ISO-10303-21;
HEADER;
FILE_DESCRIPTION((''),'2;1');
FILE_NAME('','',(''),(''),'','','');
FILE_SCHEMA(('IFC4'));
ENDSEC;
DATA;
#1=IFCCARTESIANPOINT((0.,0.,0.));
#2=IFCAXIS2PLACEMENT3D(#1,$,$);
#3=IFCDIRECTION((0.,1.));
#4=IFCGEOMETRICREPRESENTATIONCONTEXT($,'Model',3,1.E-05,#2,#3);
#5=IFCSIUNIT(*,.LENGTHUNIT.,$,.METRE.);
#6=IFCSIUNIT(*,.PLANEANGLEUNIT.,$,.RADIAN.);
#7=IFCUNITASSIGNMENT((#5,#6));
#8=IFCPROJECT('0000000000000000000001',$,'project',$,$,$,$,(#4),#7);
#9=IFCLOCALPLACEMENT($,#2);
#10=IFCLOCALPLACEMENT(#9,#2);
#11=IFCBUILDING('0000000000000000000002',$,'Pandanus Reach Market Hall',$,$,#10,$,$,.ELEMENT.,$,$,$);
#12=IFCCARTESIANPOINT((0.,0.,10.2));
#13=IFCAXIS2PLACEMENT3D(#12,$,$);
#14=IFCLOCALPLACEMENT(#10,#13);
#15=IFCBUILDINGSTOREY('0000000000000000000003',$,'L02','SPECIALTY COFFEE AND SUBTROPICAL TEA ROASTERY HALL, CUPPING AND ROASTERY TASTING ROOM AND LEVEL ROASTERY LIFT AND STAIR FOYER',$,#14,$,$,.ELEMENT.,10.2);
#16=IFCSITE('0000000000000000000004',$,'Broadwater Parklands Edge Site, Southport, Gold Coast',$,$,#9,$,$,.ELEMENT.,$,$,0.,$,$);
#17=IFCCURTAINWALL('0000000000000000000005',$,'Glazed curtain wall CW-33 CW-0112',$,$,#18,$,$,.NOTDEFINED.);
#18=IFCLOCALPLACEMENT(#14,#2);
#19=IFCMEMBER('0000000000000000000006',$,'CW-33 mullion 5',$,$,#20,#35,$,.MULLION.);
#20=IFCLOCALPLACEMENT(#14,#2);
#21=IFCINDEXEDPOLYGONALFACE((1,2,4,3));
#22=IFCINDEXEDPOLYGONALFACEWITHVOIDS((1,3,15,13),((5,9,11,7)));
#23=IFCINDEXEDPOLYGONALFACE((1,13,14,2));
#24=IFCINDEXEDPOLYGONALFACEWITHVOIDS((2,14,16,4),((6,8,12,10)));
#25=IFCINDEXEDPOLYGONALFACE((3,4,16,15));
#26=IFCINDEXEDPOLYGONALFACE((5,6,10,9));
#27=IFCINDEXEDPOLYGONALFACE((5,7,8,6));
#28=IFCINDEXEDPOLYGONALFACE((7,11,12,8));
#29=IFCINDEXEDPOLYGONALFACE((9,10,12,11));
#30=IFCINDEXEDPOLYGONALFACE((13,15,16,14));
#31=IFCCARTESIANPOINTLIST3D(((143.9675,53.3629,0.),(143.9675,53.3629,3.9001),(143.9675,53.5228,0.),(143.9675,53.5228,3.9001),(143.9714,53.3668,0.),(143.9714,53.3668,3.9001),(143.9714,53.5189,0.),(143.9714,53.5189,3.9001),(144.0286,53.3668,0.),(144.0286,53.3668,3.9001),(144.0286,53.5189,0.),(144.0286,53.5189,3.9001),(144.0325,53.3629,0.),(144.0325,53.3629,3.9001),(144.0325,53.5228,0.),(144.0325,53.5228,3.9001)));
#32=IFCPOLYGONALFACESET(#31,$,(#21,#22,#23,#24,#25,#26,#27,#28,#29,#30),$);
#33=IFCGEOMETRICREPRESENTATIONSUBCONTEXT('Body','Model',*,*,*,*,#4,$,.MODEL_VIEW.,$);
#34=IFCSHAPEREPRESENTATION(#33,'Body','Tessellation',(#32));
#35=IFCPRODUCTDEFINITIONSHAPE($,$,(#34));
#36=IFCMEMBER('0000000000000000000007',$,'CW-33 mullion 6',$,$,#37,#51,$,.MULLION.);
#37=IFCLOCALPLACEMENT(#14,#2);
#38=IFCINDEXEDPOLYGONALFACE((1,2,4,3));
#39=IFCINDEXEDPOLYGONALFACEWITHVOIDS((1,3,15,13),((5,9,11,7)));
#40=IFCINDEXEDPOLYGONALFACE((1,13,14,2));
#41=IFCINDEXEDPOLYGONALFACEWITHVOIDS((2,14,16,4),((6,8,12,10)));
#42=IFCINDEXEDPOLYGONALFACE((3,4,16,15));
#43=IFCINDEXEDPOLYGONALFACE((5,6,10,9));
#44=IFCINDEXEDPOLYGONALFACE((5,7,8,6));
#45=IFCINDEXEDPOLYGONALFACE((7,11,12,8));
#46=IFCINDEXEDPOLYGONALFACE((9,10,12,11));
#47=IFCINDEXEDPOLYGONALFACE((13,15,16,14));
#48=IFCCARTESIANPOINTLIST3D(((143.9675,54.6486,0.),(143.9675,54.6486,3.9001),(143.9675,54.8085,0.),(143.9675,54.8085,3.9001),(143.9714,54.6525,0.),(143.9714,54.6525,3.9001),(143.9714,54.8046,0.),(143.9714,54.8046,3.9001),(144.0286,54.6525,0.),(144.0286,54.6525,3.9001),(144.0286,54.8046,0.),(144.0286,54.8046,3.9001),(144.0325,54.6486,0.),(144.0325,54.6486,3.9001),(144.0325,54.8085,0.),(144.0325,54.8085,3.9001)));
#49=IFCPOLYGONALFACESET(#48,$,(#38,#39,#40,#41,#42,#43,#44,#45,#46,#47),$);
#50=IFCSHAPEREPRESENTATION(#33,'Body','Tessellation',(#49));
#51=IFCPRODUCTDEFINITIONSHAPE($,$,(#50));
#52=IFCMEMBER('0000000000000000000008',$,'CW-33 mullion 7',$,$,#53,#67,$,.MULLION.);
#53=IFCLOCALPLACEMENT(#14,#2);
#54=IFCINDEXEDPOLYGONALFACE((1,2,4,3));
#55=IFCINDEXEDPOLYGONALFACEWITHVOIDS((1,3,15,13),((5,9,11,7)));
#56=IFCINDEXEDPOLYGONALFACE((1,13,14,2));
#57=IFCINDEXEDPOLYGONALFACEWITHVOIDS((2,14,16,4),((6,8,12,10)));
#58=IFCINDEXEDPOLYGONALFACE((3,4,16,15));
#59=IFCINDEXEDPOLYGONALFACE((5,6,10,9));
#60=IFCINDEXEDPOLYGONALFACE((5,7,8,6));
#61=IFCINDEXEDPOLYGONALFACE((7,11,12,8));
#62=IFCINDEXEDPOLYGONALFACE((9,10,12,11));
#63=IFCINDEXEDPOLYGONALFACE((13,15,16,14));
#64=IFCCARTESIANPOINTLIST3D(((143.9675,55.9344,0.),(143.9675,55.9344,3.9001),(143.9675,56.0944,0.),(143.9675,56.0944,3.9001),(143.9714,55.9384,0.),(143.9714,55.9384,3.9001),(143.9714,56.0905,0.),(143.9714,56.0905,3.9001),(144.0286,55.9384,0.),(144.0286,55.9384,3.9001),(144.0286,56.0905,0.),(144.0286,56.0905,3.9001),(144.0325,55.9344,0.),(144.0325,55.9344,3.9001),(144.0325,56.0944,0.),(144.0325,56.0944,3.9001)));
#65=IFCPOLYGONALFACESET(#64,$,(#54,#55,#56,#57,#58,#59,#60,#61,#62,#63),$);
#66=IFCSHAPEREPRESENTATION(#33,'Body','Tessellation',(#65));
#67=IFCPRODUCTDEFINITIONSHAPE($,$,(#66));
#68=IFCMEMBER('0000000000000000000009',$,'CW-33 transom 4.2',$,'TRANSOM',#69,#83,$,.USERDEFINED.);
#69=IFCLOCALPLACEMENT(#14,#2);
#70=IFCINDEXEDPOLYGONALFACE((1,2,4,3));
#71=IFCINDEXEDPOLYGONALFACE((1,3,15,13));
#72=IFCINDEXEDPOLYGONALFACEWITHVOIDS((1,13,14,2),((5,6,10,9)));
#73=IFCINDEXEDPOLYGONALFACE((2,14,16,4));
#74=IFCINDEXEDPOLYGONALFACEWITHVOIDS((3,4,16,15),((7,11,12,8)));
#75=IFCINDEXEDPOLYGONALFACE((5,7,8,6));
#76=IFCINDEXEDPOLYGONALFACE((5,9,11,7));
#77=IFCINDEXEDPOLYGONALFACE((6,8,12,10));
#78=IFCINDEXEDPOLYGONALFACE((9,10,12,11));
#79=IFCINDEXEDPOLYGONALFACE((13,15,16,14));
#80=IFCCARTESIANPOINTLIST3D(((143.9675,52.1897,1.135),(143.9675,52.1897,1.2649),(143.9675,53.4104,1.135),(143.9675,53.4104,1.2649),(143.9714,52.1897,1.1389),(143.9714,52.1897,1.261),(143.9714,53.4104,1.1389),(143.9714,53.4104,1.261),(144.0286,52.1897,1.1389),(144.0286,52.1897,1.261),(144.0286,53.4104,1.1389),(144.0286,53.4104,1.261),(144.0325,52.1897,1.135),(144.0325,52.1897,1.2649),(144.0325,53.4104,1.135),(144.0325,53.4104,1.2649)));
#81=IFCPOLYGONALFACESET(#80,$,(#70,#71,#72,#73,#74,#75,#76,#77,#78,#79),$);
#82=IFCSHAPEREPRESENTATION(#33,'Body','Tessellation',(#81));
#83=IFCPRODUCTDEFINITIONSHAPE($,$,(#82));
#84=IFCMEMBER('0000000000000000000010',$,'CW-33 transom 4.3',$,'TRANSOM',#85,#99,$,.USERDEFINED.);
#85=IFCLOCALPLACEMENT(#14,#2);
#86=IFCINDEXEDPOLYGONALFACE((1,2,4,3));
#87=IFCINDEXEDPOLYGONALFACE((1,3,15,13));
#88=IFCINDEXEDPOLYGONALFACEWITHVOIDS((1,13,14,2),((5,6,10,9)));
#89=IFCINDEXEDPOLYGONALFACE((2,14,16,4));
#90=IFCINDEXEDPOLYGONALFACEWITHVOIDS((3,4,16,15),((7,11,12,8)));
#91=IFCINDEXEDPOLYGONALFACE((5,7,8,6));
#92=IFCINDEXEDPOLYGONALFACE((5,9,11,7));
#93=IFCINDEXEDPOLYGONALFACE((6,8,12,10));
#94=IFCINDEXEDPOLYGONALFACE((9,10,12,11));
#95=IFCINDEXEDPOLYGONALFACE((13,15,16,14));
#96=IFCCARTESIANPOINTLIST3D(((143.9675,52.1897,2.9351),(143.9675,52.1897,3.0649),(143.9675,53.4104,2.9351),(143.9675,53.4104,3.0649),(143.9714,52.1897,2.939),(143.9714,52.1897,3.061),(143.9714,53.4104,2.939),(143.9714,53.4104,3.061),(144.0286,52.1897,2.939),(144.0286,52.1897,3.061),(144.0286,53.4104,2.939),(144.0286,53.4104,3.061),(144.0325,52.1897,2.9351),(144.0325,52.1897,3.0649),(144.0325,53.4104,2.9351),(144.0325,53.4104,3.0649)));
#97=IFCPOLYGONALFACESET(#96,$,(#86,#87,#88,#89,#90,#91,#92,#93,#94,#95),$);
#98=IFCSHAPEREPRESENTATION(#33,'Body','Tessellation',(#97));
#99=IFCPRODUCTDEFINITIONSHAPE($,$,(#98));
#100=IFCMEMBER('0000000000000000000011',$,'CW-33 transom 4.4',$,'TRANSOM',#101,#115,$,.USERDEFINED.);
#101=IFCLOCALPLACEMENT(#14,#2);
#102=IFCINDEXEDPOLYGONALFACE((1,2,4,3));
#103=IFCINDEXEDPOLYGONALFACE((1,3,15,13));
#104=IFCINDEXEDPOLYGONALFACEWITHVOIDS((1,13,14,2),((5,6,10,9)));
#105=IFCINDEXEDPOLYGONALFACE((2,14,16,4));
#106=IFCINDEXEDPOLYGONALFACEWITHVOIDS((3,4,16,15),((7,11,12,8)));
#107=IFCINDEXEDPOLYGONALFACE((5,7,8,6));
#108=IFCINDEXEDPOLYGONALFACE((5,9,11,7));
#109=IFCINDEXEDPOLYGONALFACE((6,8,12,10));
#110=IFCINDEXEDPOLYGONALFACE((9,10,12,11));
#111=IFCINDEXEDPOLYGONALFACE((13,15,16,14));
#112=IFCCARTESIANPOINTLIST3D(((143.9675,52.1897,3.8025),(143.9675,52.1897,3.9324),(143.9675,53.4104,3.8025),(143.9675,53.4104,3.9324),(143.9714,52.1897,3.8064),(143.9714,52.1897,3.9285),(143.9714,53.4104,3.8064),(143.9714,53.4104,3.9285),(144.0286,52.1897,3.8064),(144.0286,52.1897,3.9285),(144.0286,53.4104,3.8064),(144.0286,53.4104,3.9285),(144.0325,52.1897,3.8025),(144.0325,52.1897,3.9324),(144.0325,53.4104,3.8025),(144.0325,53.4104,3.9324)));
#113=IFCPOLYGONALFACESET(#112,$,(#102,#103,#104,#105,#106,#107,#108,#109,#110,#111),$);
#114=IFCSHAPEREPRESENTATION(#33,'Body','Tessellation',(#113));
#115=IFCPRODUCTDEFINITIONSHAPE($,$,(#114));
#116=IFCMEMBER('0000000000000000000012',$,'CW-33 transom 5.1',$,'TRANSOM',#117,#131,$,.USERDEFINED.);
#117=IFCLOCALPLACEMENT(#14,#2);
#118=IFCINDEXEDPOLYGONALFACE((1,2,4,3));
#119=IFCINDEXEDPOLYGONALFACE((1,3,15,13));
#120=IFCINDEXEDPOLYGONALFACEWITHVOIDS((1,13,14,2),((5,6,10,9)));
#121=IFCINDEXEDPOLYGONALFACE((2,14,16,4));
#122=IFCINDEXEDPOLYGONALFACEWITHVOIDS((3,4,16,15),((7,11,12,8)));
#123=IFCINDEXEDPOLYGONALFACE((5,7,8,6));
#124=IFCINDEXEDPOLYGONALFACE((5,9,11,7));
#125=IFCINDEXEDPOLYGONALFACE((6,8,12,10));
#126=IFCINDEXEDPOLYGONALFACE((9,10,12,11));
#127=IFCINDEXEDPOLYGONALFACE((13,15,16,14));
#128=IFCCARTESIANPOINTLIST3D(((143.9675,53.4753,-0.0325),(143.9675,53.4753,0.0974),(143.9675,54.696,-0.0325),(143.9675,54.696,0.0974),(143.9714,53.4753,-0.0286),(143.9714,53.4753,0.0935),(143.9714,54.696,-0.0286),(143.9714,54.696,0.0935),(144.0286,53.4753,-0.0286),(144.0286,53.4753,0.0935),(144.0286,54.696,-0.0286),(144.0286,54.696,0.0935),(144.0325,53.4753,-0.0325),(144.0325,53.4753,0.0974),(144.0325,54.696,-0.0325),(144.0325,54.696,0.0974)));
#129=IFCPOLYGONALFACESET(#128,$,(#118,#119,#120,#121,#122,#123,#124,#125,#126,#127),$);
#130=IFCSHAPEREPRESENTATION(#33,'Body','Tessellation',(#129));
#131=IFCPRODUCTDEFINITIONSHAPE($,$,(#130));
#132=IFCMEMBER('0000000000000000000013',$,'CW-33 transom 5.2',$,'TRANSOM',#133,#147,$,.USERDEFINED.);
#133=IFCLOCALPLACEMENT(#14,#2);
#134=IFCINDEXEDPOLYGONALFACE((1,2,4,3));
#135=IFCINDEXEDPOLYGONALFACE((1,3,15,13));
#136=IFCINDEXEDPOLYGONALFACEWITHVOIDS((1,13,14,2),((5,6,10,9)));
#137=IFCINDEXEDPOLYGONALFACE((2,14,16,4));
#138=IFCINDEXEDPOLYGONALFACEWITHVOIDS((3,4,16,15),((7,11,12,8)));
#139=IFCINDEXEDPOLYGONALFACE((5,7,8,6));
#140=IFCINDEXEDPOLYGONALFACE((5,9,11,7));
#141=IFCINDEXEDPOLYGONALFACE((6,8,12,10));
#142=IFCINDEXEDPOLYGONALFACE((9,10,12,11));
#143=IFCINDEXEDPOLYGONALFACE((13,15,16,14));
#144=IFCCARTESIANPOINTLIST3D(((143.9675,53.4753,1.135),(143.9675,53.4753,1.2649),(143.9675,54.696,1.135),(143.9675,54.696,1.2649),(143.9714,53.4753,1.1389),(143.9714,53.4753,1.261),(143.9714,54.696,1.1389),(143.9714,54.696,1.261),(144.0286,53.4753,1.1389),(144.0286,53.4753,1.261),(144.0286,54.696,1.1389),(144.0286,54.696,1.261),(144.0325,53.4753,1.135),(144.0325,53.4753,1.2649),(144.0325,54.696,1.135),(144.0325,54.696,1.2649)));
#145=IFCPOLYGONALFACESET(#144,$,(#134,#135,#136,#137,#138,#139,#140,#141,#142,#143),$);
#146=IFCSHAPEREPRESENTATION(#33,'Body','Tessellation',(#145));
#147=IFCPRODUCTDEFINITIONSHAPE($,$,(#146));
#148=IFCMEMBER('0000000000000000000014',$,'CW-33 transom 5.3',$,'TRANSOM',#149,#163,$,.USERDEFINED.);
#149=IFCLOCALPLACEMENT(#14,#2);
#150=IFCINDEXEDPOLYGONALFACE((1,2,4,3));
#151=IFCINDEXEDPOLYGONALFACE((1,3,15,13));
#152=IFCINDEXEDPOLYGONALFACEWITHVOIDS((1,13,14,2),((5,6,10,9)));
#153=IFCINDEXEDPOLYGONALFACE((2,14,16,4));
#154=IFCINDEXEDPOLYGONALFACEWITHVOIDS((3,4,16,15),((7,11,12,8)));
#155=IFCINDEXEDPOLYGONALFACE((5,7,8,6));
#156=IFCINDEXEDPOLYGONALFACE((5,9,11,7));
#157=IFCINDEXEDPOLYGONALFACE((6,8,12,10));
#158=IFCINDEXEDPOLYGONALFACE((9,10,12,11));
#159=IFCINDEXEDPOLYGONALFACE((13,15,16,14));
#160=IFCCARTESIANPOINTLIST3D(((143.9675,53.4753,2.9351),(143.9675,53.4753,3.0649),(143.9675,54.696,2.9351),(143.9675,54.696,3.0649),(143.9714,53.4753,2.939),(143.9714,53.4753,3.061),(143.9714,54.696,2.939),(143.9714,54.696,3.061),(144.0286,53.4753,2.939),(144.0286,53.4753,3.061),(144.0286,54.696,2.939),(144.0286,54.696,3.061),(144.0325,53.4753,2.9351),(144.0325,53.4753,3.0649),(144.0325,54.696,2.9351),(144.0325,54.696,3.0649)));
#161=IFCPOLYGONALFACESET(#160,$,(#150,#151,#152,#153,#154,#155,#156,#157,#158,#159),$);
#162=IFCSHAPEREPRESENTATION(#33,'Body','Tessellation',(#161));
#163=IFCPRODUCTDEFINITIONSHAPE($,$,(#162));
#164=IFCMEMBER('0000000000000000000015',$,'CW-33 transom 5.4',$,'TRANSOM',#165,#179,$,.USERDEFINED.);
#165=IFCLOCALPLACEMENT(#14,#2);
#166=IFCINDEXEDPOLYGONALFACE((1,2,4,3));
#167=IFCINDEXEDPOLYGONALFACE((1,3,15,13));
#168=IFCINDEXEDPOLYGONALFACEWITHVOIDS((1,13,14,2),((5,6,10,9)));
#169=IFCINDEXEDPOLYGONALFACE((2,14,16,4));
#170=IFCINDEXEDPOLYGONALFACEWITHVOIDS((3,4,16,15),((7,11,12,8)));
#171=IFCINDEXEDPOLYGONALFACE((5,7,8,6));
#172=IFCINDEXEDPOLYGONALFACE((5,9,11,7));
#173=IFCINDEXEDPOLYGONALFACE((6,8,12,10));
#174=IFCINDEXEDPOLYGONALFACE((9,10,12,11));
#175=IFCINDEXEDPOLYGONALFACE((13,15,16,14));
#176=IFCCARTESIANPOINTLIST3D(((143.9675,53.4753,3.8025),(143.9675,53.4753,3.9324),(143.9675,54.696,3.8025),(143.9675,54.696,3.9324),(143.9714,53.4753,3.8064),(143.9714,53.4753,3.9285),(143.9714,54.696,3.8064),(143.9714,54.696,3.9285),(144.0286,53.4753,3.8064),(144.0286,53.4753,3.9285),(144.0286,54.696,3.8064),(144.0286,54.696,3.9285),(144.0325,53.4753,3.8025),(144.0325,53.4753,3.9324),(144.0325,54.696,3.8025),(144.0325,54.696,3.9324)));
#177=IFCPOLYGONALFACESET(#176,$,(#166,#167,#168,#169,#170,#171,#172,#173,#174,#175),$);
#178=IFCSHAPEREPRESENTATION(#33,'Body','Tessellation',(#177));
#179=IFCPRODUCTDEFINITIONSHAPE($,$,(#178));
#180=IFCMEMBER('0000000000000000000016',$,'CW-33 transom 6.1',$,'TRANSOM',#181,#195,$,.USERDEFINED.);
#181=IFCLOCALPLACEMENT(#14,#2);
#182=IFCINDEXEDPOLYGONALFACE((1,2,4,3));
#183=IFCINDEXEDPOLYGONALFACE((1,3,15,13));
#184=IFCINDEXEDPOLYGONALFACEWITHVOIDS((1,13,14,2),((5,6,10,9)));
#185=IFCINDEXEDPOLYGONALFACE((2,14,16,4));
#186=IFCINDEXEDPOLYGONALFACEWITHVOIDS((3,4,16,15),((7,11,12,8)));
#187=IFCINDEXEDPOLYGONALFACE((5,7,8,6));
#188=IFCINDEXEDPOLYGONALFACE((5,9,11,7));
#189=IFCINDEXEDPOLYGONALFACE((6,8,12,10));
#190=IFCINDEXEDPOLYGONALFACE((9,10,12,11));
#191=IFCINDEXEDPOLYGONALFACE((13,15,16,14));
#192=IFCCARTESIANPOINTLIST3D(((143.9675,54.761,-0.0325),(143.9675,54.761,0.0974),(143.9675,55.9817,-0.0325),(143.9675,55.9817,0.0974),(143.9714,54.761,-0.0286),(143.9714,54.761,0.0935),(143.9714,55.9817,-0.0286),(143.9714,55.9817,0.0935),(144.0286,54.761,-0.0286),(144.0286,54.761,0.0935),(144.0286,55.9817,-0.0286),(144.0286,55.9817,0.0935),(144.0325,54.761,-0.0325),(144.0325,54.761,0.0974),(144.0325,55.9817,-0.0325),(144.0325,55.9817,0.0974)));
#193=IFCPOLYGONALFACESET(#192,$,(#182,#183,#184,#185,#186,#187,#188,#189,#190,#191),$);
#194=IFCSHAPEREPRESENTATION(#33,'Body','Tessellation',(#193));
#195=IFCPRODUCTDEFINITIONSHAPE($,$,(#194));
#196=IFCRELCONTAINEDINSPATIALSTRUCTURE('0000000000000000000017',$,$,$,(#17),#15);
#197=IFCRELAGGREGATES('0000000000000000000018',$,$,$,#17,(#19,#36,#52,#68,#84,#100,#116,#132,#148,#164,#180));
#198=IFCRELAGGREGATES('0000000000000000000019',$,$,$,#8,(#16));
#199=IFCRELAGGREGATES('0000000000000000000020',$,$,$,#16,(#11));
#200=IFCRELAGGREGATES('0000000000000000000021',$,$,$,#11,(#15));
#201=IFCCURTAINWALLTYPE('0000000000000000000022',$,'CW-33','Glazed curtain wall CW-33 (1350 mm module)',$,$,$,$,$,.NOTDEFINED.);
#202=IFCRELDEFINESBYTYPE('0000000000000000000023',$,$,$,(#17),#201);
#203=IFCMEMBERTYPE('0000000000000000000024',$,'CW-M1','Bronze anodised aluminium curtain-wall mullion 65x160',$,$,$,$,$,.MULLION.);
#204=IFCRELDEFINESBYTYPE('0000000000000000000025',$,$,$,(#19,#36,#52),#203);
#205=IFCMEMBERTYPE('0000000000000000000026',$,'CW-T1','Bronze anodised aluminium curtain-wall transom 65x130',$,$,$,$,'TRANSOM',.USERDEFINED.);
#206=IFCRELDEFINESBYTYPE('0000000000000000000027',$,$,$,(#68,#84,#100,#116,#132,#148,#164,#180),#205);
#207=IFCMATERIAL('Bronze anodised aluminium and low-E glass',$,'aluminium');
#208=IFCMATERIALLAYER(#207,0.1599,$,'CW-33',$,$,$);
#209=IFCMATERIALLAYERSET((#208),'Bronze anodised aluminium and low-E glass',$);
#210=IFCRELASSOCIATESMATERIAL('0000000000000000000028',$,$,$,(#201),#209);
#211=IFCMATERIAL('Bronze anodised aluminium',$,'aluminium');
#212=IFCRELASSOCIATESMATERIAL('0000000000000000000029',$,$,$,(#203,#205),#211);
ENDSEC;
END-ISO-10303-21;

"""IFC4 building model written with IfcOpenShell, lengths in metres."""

from ifc_helpers import new_model, si_unit, direction, frame, origin, origin_2d, place, context, subcontext, project, spatial, hollow_rectangle, extrude, material, layer, layer_set, material_profile, profile_set, type_object, element, aggregate, save


model = new_model("IFC4")

# Units and contexts
model_context = context("Model", 3, precision=1e-05, world=origin(), true_north=direction((0.0, 1.0)))
body_context = subcontext(model_context, "Body", "Model", "MODEL_VIEW")
ifc_project = project(units=[si_unit("LENGTHUNIT", "METRE"), si_unit("PLANEANGLEUNIT", "RADIAN")], contexts=[model_context])

# Site, building, storey
site_placement = place(None, origin())
site = spatial("IfcSite", under=ifc_project, at=site_placement, Name="Broadwater Parklands Edge Site, Southport, Gold Coast", CompositionType="ELEMENT", RefElevation=0.0)
building_placement = place(site_placement, origin())
building = spatial("IfcBuilding", under=site, at=building_placement, Name="Pandanus Reach Market Hall", CompositionType="ELEMENT")
storey_placement = place(building_placement, frame((0.0, 0.0, 10.2)))
storey = spatial("IfcBuildingStorey", under=building, at=storey_placement, Name="L02", Description="SPECIALTY COFFEE AND SUBTROPICAL TEA ROASTERY HALL, CUPPING AND ROASTERY TASTING ROOM AND LEVEL ROASTERY LIFT AND STAIR FOYER", CompositionType="ELEMENT", Elevation=10.2)

# Curtain wall, members
ifc_material_1 = material(Name="Bronze anodised aluminium and low-E glass", Category="aluminium")
ifc_layer_1 = layer(ifc_material_1, 0.1599, Name="CW-33")
ifc_layer_set_1 = layer_set([ifc_layer_1], Name="Bronze anodised aluminium and low-E glass")
curtain_wall_type = type_object("IfcCurtainWallType", Name="CW-33", Description="Glazed curtain wall CW-33 (1350 mm module)", PredefinedType="NOTDEFINED", material=ifc_layer_set_1)
curtain_wall_placement = place(storey_placement, origin())
curtain_wall = element("IfcCurtainWall", 1, at=curtain_wall_placement, inside=storey, type_object=curtain_wall_type, Name="Glazed curtain wall CW-33 CW-0112", PredefinedType="NOTDEFINED")
ifc_material_2 = material(Name="Bronze anodised aluminium", Category="aluminium")
ifc_material_profile_1 = material_profile(ifc_material_2, hollow_rectangle(XDim=0.0649, YDim=0.1599, WallThickness=0.0039, at=origin_2d()), Name="ALU65x160", Category="LoadBearing")
ifc_profile_set_1 = profile_set([ifc_material_profile_1], Name="Bronze anodised aluminium")
member_type_1 = type_object("IfcMemberType", Name="CW-M1", Description="Bronze anodised aluminium curtain-wall mullion 65x160", PredefinedType="MULLION", material=ifc_profile_set_1)
member_1_placement = place(storey_placement, frame((144.0, 53.4429, 0.0), z_axis=(0.0, 0.0, 1.0), x_axis=(-1.0, 0.0, 0.0)))
member_1 = element("IfcMember", 2, at=member_1_placement, type_object=member_type_1, Name="CW-33 mullion 5", PredefinedType="MULLION", context=body_context, shape_type="SweptSolid", body=[
    extrude(hollow_rectangle(XDim=0.0649, YDim=0.1599, WallThickness=0.0039, at=origin_2d()), origin(), (0.0, 0.0, 1.0), 3.9001),
])
member_2_placement = place(storey_placement, frame((144.0, 54.7285, 0.0), z_axis=(0.0, 0.0, 1.0), x_axis=(-1.0, 0.0, 0.0)))
member_2 = element("IfcMember", 3, at=member_2_placement, type_object=member_type_1, Name="CW-33 mullion 6", PredefinedType="MULLION", context=body_context, shape_type="SweptSolid", body=[
    extrude(hollow_rectangle(XDim=0.0649, YDim=0.1599, WallThickness=0.0039, at=origin_2d()), origin(), (0.0, 0.0, 1.0), 3.9001),
])
member_3_placement = place(storey_placement, frame((144.0, 56.0144, 0.0), z_axis=(0.0, 0.0, 1.0), x_axis=(-1.0, 0.0, 0.0)))
member_3 = element("IfcMember", 4, at=member_3_placement, type_object=member_type_1, Name="CW-33 mullion 7", PredefinedType="MULLION", context=body_context, shape_type="SweptSolid", body=[
    extrude(hollow_rectangle(XDim=0.0649, YDim=0.1599, WallThickness=0.0039, at=origin_2d()), origin(), (0.0, 0.0, 1.0), 3.9001),
])
ifc_material_profile_2 = material_profile(ifc_material_2, hollow_rectangle(XDim=0.0649, YDim=0.1299, WallThickness=0.0039, at=origin_2d()), Name="ALU65x130", Category="LoadBearing")
ifc_profile_set_2 = profile_set([ifc_material_profile_2], Name="Bronze anodised aluminium")
member_type_2 = type_object("IfcMemberType", Name="CW-T1", Description="Bronze anodised aluminium curtain-wall transom 65x130", ElementType="TRANSOM", PredefinedType="USERDEFINED", material=ifc_profile_set_2)
member_4_placement = place(storey_placement, frame((144.0, 52.1897, 1.2), z_axis=(0.0, 1.0, 0.0), x_axis=(-1.0, 0.0, 0.0)))
member_4 = element("IfcMember", 5, at=member_4_placement, type_object=member_type_2, Name="CW-33 transom 4.2", ObjectType="TRANSOM", PredefinedType="USERDEFINED", context=body_context, shape_type="SweptSolid", body=[
    extrude(hollow_rectangle(XDim=0.0649, YDim=0.1299, WallThickness=0.0039, at=origin_2d()), origin(), (0.0, 0.0, 1.0), 1.2207),
])
member_5_placement = place(storey_placement, frame((144.0, 52.1897, 3.0), z_axis=(0.0, 1.0, 0.0), x_axis=(-1.0, 0.0, 0.0)))
member_5 = element("IfcMember", 6, at=member_5_placement, type_object=member_type_2, Name="CW-33 transom 4.3", ObjectType="TRANSOM", PredefinedType="USERDEFINED", context=body_context, shape_type="SweptSolid", body=[
    extrude(hollow_rectangle(XDim=0.0649, YDim=0.1299, WallThickness=0.0039, at=origin_2d()), origin(), (0.0, 0.0, 1.0), 1.2207),
])
member_6_placement = place(storey_placement, frame((144.0, 52.1897, 3.8674), z_axis=(0.0, 1.0, 0.0), x_axis=(-1.0, 0.0, 0.0)))
member_6 = element("IfcMember", 7, at=member_6_placement, type_object=member_type_2, Name="CW-33 transom 4.4", ObjectType="TRANSOM", PredefinedType="USERDEFINED", context=body_context, shape_type="SweptSolid", body=[
    extrude(hollow_rectangle(XDim=0.0649, YDim=0.1299, WallThickness=0.0039, at=origin_2d()), origin(), (0.0, 0.0, 1.0), 1.2207),
])
member_7_placement = place(storey_placement, frame((144.0, 53.4753, 0.0325), z_axis=(0.0, 1.0, 0.0), x_axis=(-1.0, 0.0, 0.0)))
member_7 = element("IfcMember", 8, at=member_7_placement, type_object=member_type_2, Name="CW-33 transom 5.1", ObjectType="TRANSOM", PredefinedType="USERDEFINED", context=body_context, shape_type="SweptSolid", body=[
    extrude(hollow_rectangle(XDim=0.0649, YDim=0.1299, WallThickness=0.0039, at=origin_2d()), origin(), (0.0, 0.0, 1.0), 1.2207),
])
member_8_placement = place(storey_placement, frame((144.0, 53.4753, 1.2), z_axis=(0.0, 1.0, 0.0), x_axis=(-1.0, 0.0, 0.0)))
member_8 = element("IfcMember", 9, at=member_8_placement, type_object=member_type_2, Name="CW-33 transom 5.2", ObjectType="TRANSOM", PredefinedType="USERDEFINED", context=body_context, shape_type="SweptSolid", body=[
    extrude(hollow_rectangle(XDim=0.0649, YDim=0.1299, WallThickness=0.0039, at=origin_2d()), origin(), (0.0, 0.0, 1.0), 1.2207),
])
member_9_placement = place(storey_placement, frame((144.0, 53.4753, 3.0), z_axis=(0.0, 1.0, 0.0), x_axis=(-1.0, 0.0, 0.0)))
member_9 = element("IfcMember", 10, at=member_9_placement, type_object=member_type_2, Name="CW-33 transom 5.3", ObjectType="TRANSOM", PredefinedType="USERDEFINED", context=body_context, shape_type="SweptSolid", body=[
    extrude(hollow_rectangle(XDim=0.0649, YDim=0.1299, WallThickness=0.0039, at=origin_2d()), origin(), (0.0, 0.0, 1.0), 1.2207),
])
member_10_placement = place(storey_placement, frame((144.0, 53.4753, 3.8674), z_axis=(0.0, 1.0, 0.0), x_axis=(-1.0, 0.0, 0.0)))
member_10 = element("IfcMember", 11, at=member_10_placement, type_object=member_type_2, Name="CW-33 transom 5.4", ObjectType="TRANSOM", PredefinedType="USERDEFINED", context=body_context, shape_type="SweptSolid", body=[
    extrude(hollow_rectangle(XDim=0.0649, YDim=0.1299, WallThickness=0.0039, at=origin_2d()), origin(), (0.0, 0.0, 1.0), 1.2207),
])
member_11_placement = place(storey_placement, frame((144.0, 54.761, 0.0325), z_axis=(0.0, 1.0, 0.0), x_axis=(-1.0, 0.0, 0.0)))
member_11 = element("IfcMember", 12, at=member_11_placement, type_object=member_type_2, Name="CW-33 transom 6.1", ObjectType="TRANSOM", PredefinedType="USERDEFINED", context=body_context, shape_type="SweptSolid", body=[
    extrude(hollow_rectangle(XDim=0.0649, YDim=0.1299, WallThickness=0.0039, at=origin_2d()), origin(), (0.0, 0.0, 1.0), 1.2207),
])
aggregate(curtain_wall, [member_1, member_2, member_3, member_4, member_5, member_6, member_7, member_8, member_9, member_10, member_11])

save(model, "model.ifc")
